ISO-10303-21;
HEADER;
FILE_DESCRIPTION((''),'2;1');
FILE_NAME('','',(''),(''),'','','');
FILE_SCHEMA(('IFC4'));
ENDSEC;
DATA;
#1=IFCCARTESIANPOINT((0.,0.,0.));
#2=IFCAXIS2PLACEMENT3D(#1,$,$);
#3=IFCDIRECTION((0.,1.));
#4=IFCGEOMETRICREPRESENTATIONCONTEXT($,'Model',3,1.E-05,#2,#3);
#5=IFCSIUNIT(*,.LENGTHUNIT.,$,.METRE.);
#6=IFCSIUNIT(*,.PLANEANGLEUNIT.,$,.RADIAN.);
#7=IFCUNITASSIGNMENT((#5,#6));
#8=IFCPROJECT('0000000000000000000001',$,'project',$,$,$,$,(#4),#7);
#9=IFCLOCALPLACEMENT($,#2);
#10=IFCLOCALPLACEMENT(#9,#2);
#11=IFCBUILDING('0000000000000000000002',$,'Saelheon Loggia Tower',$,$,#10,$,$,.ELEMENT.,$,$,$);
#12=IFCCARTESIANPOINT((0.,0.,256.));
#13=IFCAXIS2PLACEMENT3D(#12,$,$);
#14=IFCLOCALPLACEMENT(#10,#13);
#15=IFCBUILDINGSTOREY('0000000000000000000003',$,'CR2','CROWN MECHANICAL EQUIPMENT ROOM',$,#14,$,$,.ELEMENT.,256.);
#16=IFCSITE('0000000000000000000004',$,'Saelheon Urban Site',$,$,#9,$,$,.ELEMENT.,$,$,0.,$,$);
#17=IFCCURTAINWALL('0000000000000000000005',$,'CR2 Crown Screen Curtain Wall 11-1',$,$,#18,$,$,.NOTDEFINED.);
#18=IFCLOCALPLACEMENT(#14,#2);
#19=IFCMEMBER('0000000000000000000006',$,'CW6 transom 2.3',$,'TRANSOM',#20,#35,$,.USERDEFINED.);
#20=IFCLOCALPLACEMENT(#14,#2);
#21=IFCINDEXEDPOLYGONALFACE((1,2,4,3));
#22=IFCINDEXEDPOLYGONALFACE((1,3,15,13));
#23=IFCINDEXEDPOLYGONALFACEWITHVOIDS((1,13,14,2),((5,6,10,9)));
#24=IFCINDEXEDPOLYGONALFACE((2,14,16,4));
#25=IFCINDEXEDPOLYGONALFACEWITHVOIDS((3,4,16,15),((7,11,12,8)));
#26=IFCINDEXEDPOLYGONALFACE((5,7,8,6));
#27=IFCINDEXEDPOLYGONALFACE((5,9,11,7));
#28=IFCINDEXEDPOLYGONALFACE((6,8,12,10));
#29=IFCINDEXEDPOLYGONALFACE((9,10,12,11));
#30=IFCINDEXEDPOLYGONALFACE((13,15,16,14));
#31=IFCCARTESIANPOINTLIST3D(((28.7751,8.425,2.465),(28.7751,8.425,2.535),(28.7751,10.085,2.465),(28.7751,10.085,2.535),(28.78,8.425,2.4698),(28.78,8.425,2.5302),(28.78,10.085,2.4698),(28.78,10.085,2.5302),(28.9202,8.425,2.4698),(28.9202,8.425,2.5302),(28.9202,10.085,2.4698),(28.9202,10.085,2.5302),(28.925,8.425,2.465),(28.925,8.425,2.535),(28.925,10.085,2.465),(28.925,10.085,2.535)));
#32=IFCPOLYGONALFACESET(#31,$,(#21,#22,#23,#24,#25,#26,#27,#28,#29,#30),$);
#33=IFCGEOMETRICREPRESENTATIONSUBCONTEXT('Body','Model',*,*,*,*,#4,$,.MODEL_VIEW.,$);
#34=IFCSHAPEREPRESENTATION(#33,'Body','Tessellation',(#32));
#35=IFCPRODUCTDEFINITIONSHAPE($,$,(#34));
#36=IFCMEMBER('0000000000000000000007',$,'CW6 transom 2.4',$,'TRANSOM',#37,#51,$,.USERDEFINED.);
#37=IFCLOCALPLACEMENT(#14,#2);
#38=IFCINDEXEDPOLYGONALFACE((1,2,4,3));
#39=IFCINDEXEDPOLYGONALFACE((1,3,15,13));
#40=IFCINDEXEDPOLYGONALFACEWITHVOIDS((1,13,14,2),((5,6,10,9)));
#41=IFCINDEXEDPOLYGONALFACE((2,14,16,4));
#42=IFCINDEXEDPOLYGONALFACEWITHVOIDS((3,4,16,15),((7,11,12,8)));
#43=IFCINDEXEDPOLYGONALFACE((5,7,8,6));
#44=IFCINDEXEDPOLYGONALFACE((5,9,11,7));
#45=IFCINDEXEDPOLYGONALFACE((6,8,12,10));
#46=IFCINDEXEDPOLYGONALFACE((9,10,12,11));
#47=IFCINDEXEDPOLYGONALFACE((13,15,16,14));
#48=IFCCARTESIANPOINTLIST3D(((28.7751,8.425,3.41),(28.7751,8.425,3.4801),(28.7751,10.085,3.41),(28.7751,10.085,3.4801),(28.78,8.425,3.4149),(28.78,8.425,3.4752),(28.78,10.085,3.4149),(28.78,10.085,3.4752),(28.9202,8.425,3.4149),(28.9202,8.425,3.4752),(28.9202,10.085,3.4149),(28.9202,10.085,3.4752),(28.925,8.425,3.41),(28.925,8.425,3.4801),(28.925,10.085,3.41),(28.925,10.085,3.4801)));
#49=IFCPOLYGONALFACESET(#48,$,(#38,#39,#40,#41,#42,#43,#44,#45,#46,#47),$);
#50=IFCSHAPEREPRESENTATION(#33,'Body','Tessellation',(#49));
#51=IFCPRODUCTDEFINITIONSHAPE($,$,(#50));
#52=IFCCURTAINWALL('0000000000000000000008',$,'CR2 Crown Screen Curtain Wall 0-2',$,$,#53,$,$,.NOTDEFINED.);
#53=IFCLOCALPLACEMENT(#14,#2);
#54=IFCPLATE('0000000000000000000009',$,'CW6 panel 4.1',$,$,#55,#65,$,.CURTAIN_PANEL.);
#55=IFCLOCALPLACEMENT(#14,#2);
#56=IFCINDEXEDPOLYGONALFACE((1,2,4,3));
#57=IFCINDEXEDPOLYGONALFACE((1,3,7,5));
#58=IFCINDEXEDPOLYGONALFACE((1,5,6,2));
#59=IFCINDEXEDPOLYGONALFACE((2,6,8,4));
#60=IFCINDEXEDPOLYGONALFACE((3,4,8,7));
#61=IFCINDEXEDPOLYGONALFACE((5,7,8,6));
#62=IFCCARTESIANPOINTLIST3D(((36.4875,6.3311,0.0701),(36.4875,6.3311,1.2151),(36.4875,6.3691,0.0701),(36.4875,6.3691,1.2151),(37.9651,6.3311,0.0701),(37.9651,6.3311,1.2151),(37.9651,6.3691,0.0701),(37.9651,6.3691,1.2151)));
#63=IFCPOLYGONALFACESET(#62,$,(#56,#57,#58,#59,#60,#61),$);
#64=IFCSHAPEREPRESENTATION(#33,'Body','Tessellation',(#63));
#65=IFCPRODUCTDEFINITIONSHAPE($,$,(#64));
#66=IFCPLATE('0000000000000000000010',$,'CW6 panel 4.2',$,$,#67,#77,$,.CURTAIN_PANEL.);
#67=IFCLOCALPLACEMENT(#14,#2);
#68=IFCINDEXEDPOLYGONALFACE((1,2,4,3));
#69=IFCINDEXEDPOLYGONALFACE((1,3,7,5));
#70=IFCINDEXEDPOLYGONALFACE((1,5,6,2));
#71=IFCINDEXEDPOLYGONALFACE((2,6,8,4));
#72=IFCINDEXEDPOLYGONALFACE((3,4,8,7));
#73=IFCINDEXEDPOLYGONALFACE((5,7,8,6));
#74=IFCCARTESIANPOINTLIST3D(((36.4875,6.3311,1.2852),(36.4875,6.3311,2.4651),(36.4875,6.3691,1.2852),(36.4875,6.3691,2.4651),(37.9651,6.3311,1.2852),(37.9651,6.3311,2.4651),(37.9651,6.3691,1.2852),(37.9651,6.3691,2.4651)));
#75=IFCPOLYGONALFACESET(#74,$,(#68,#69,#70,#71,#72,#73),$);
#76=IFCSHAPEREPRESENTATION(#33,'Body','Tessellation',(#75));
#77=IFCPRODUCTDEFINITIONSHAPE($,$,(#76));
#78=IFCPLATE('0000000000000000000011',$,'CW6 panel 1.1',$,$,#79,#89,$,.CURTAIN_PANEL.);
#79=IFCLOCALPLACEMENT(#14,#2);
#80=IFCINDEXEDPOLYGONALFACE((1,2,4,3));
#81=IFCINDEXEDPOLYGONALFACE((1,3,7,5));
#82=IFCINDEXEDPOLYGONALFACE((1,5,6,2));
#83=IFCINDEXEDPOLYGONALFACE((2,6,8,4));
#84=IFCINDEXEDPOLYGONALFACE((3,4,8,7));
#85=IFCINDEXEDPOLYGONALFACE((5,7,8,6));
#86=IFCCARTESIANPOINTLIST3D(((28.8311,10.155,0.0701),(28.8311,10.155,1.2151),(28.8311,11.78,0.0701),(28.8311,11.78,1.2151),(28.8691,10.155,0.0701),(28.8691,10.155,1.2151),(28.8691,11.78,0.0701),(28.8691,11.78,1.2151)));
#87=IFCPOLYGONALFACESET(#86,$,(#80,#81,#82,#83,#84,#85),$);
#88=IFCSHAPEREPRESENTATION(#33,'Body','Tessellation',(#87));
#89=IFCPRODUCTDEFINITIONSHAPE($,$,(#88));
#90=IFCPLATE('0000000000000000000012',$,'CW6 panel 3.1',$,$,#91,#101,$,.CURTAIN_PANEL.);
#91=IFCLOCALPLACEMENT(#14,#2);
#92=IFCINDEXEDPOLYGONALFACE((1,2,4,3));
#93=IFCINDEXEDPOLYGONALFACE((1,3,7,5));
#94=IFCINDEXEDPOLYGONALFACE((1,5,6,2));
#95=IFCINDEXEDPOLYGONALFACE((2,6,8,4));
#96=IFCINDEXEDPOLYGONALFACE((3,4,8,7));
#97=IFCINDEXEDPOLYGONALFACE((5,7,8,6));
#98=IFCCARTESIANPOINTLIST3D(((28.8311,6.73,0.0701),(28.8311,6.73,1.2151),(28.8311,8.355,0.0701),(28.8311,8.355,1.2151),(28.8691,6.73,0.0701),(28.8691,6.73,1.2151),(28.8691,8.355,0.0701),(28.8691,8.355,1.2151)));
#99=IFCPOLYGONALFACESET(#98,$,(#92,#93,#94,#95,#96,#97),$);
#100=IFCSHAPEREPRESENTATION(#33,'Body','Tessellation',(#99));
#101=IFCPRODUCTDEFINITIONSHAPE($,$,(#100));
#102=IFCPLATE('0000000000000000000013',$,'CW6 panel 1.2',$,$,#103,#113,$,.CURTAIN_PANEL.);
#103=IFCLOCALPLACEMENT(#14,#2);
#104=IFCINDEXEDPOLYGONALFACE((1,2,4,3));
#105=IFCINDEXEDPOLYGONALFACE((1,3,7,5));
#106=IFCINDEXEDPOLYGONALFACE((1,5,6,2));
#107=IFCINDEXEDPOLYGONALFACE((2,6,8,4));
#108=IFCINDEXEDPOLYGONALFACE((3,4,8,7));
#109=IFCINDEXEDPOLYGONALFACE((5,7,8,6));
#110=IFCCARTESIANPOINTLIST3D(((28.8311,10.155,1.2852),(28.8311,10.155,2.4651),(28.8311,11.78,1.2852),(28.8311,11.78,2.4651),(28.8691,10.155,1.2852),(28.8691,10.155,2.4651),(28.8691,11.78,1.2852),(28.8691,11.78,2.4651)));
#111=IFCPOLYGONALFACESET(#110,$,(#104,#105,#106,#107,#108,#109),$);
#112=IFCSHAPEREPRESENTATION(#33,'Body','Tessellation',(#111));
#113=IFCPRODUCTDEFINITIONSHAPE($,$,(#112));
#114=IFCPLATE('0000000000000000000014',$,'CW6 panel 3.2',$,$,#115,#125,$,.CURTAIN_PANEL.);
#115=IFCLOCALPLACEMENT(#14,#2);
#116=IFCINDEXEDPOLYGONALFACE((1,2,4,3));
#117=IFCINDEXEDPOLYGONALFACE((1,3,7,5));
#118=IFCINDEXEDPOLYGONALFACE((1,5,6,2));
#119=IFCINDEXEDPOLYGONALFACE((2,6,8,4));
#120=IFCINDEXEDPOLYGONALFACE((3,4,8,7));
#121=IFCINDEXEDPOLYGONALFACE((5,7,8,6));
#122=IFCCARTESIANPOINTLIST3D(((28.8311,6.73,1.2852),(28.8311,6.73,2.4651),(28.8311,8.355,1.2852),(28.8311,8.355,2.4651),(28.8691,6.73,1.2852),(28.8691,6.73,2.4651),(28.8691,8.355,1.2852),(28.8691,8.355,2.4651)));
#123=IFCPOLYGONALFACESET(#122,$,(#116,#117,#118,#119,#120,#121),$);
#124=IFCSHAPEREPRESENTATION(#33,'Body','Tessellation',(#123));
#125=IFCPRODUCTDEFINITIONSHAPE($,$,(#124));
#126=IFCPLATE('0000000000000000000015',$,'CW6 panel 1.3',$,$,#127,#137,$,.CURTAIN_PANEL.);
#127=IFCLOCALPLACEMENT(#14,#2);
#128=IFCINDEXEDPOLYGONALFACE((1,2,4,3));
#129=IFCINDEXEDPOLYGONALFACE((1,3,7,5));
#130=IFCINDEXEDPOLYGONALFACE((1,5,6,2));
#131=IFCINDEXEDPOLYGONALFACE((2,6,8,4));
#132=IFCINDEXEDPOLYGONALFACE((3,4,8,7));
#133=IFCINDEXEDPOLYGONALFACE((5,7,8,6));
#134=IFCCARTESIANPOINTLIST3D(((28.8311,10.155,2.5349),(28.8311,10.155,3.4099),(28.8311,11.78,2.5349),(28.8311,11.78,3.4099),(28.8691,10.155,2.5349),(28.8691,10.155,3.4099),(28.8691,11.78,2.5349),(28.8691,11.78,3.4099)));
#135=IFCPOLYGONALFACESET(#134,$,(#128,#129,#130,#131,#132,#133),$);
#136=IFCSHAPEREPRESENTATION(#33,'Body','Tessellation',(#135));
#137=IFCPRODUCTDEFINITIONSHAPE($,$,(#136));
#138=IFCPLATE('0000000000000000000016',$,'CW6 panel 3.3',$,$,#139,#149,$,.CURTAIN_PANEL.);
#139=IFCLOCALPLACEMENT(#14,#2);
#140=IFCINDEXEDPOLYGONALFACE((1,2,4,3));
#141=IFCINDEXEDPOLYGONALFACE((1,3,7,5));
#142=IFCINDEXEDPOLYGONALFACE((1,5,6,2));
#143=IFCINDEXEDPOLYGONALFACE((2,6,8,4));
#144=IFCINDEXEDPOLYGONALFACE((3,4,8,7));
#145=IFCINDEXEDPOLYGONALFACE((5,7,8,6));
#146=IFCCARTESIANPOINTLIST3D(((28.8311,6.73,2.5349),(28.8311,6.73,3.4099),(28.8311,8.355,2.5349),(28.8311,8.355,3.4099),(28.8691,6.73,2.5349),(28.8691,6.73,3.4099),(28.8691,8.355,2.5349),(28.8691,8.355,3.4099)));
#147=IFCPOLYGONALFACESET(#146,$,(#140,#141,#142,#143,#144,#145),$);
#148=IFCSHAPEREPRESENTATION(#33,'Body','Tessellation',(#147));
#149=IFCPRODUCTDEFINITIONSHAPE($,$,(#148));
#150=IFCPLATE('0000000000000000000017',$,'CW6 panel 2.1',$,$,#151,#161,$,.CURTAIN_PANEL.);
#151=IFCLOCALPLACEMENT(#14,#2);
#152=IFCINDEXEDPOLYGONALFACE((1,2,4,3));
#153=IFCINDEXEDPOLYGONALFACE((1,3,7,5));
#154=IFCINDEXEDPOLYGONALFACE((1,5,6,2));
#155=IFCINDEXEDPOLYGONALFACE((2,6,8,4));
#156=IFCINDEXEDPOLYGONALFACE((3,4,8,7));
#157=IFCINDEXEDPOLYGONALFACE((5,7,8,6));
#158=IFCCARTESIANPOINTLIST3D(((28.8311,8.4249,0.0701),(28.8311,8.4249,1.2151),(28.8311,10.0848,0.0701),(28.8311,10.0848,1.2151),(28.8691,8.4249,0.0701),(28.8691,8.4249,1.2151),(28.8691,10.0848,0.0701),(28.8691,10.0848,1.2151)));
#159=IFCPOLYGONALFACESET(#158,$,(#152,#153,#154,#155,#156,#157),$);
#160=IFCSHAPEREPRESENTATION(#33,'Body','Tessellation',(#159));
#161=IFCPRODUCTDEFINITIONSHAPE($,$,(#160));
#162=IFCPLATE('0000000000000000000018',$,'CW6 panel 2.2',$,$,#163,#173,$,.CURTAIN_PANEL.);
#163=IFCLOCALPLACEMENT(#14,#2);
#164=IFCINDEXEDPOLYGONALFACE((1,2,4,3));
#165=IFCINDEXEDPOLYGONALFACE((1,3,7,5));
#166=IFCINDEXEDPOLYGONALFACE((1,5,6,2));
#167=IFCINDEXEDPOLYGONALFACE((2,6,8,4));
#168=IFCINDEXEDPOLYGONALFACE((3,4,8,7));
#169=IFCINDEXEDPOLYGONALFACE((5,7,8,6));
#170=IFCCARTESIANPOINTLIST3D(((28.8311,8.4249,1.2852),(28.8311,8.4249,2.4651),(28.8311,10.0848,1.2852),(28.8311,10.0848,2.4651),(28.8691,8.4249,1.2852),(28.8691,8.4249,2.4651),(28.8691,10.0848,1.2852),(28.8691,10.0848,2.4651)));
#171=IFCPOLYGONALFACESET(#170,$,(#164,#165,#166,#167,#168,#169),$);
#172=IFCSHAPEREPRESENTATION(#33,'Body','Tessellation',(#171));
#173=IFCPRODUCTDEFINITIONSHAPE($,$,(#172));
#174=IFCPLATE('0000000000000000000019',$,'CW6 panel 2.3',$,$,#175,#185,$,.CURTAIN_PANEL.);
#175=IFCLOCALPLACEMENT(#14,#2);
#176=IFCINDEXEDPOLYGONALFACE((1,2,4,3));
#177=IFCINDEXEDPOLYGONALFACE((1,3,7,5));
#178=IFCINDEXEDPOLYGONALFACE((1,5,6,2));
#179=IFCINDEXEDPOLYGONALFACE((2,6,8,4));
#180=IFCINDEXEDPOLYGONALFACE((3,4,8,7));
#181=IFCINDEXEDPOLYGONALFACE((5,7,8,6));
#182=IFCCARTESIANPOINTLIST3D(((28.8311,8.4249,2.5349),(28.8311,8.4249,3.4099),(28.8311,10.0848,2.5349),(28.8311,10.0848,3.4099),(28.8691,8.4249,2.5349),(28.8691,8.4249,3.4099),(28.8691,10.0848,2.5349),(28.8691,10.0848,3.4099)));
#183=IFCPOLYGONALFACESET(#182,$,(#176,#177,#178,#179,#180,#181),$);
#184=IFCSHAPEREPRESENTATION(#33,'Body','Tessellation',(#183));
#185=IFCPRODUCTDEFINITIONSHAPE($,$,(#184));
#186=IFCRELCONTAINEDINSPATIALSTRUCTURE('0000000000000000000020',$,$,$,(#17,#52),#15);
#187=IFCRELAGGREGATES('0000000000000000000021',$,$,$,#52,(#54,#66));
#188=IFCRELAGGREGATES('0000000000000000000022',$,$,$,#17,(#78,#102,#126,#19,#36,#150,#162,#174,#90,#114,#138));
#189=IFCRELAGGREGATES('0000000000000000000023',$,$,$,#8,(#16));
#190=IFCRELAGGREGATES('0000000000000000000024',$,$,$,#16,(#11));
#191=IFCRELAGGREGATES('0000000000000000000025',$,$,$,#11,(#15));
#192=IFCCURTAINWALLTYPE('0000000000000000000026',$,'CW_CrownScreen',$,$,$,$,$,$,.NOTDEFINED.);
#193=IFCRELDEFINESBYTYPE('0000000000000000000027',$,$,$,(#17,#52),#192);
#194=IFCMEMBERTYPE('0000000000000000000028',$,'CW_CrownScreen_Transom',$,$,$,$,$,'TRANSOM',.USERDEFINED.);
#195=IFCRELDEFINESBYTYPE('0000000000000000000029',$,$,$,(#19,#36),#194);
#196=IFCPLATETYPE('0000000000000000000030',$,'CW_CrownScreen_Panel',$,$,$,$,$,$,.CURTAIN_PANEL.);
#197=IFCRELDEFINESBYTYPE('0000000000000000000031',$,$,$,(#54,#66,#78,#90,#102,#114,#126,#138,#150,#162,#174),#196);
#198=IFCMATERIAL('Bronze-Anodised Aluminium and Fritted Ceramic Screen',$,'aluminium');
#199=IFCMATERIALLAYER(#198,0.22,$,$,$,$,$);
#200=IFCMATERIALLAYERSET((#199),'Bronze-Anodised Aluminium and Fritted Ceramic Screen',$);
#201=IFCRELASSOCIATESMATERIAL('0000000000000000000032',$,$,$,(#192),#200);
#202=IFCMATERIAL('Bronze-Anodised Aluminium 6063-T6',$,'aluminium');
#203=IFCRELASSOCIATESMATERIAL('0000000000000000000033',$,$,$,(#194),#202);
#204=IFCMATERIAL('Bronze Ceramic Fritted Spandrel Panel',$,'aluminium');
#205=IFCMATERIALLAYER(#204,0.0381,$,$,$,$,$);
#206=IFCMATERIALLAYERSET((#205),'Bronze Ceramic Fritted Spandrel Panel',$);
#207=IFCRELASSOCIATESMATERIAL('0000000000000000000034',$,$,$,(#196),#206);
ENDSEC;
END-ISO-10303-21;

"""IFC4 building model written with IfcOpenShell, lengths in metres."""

from ifc_helpers import new_model, si_unit, direction, frame, origin, origin_2d, place, context, subcontext, project, spatial, rectangle, hollow_rectangle, extrude, source, transform, mapped, material, layer, layer_set, material_profile, profile_set, type_object, element, aggregate, save


model = new_model("IFC4")

# Units and contexts
model_context = context("Model", 3, precision=1e-05, world=origin(), true_north=direction((0.0, 1.0)))
body_context = subcontext(model_context, "Body", "Model", "MODEL_VIEW")
ifc_project = project(units=[si_unit("LENGTHUNIT", "METRE"), si_unit("PLANEANGLEUNIT", "RADIAN")], contexts=[model_context])

# Site, building, storey
site_placement = place(None, origin())
site = spatial("IfcSite", under=ifc_project, at=site_placement, Name="Saelheon Urban Site", CompositionType="ELEMENT", RefElevation=0.0)
building_placement = place(site_placement, origin())
building = spatial("IfcBuilding", under=site, at=building_placement, Name="Saelheon Loggia Tower", CompositionType="ELEMENT")
storey_placement = place(building_placement, frame((0.0, 0.0, 256.0)))
storey = spatial("IfcBuildingStorey", under=building, at=storey_placement, Name="CR2", Description="CROWN MECHANICAL EQUIPMENT ROOM", CompositionType="ELEMENT", Elevation=256.0)

# Curtain wall, members
ifc_material_1 = material(Name="Bronze-Anodised Aluminium and Fritted Ceramic Screen", Category="aluminium")
ifc_layer_1 = layer(ifc_material_1, 0.22)
ifc_layer_set_1 = layer_set([ifc_layer_1], Name="Bronze-Anodised Aluminium and Fritted Ceramic Screen")
curtain_wall_type = type_object("IfcCurtainWallType", Name="CW_CrownScreen", PredefinedType="NOTDEFINED", material=ifc_layer_set_1)
curtain_wall_1_placement = place(storey_placement, origin())
curtain_wall_1 = element("IfcCurtainWall", 1, at=curtain_wall_1_placement, inside=storey, type_object=curtain_wall_type, Name="CR2 Crown Screen Curtain Wall 11-1", PredefinedType="NOTDEFINED")
ifc_material_2 = material(Name="Bronze-Anodised Aluminium 6063-T6", Category="aluminium")
ifc_material_profile_1 = material_profile(ifc_material_2, hollow_rectangle(XDim=0.0701, YDim=0.1499, WallThickness=0.0049, at=origin_2d()), Name="RHS-150x70x5")
ifc_profile_set_1 = profile_set([ifc_material_profile_1], Name="Bronze-Anodised Aluminium 6063-T6")
member_type_1 = type_object("IfcMemberType", Name="CW_CrownScreen_Transom", ElementType="TRANSOM", PredefinedType="USERDEFINED", material=ifc_profile_set_1)
shared_shape_1 = source(origin(), body_context, "Body", "SweptSolid", [
    extrude(hollow_rectangle(XDim=0.0701, YDim=0.1499, WallThickness=0.0049, at=origin_2d()), origin(), (0.0, 0.0, 1.0), 1.6599),
])
member_1_placement = place(storey_placement, frame((28.8501, 10.085, 2.5), z_axis=(0.0, -1.0, 0.0), x_axis=(0.0, 0.0, 1.0)))
member_1 = element("IfcMember", 2, at=member_1_placement, type_object=member_type_1, Name="CW6 transom 2.3", ObjectType="TRANSOM", PredefinedType="USERDEFINED", context=body_context, shape_type="MappedRepresentation", body=[
    mapped(shared_shape_1, transform((0.0, 0.0, 0.0), scale=1.0)),
])
member_2_placement = place(storey_placement, frame((28.8501, 10.085, 3.4451), z_axis=(0.0, -1.0, 0.0), x_axis=(0.0, 0.0, 1.0)))
member_2 = element("IfcMember", 3, at=member_2_placement, type_object=member_type_1, Name="CW6 transom 2.4", ObjectType="TRANSOM", PredefinedType="USERDEFINED", context=body_context, shape_type="MappedRepresentation", body=[
    mapped(shared_shape_1, transform((0.0, 0.0, 0.0), scale=1.0)),
])

# Curtain wall, plates
curtain_wall_2_placement = place(storey_placement, origin())
curtain_wall_2 = element("IfcCurtainWall", 4, at=curtain_wall_2_placement, inside=storey, type_object=curtain_wall_type, Name="CR2 Crown Screen Curtain Wall 0-2", PredefinedType="NOTDEFINED")
ifc_material_3 = material(Name="Bronze Ceramic Fritted Spandrel Panel", Category="aluminium")
ifc_layer_2 = layer(ifc_material_3, 0.0381)
ifc_layer_set_2 = layer_set([ifc_layer_2], Name="Bronze Ceramic Fritted Spandrel Panel")
plate_type = type_object("IfcPlateType", Name="CW_CrownScreen_Panel", PredefinedType="CURTAIN_PANEL", material=ifc_layer_set_2)
shared_shape_2 = source(origin(), body_context, "Body", "SweptSolid", [
    extrude(rectangle(XDim=1.4775, YDim=0.0381, at=origin_2d()), origin(), (0.0, 0.0, 1.0), 1.145),
])
plate_1_placement = place(storey_placement, frame((37.2263, 6.3501, 0.0701), z_axis=(0.0, 0.0, 1.0), x_axis=(1.0, 0.0, 0.0)))
plate_1 = element("IfcPlate", 5, at=plate_1_placement, type_object=plate_type, Name="CW6 panel 4.1", PredefinedType="CURTAIN_PANEL", context=body_context, shape_type="MappedRepresentation", body=[
    mapped(shared_shape_2, transform((0.0, 0.0, 0.0), scale=1.0)),
])
shared_shape_3 = source(origin(), body_context, "Body", "SweptSolid", [
    extrude(rectangle(XDim=1.4775, YDim=0.0381, at=origin_2d()), origin(), (0.0, 0.0, 1.0), 1.1799),
])
plate_2_placement = place(storey_placement, frame((37.2263, 6.3501, 1.2852), z_axis=(0.0, 0.0, 1.0), x_axis=(1.0, 0.0, 0.0)))
plate_2 = element("IfcPlate", 6, at=plate_2_placement, type_object=plate_type, Name="CW6 panel 4.2", PredefinedType="CURTAIN_PANEL", context=body_context, shape_type="MappedRepresentation", body=[
    mapped(shared_shape_3, transform((0.0, 0.0, 0.0), scale=1.0)),
])
aggregate(curtain_wall_2, [plate_1, plate_2])

# Plates
shared_shape_4 = source(origin(), body_context, "Body", "SweptSolid", [
    extrude(rectangle(XDim=1.625, YDim=0.0381, at=origin_2d()), origin(), (0.0, 0.0, 1.0), 1.145),
])
plate_3_placement = place(storey_placement, frame((28.8501, 10.9675, 0.0701), z_axis=(0.0, 0.0, 1.0), x_axis=(0.0, -1.0, 0.0)))
plate_3 = element("IfcPlate", 7, at=plate_3_placement, type_object=plate_type, Name="CW6 panel 1.1", PredefinedType="CURTAIN_PANEL", context=body_context, shape_type="MappedRepresentation", body=[
    mapped(shared_shape_4, transform((0.0, 0.0, 0.0), scale=1.0)),
])
plate_4_placement = place(storey_placement, frame((28.8501, 7.5425, 0.0701), z_axis=(0.0, 0.0, 1.0), x_axis=(0.0, -1.0, 0.0)))
plate_4 = element("IfcPlate", 8, at=plate_4_placement, type_object=plate_type, Name="CW6 panel 3.1", PredefinedType="CURTAIN_PANEL", context=body_context, shape_type="MappedRepresentation", body=[
    mapped(shared_shape_4, transform((0.0, 0.0, 0.0), scale=1.0)),
])
shared_shape_5 = source(origin(), body_context, "Body", "SweptSolid", [
    extrude(rectangle(XDim=1.625, YDim=0.0381, at=origin_2d()), origin(), (0.0, 0.0, 1.0), 1.1799),
])
plate_5_placement = place(storey_placement, frame((28.8501, 10.9675, 1.2852), z_axis=(0.0, 0.0, 1.0), x_axis=(0.0, -1.0, 0.0)))
plate_5 = element("IfcPlate", 9, at=plate_5_placement, type_object=plate_type, Name="CW6 panel 1.2", PredefinedType="CURTAIN_PANEL", context=body_context, shape_type="MappedRepresentation", body=[
    mapped(shared_shape_5, transform((0.0, 0.0, 0.0), scale=1.0)),
])
plate_6_placement = place(storey_placement, frame((28.8501, 7.5425, 1.2852), z_axis=(0.0, 0.0, 1.0), x_axis=(0.0, -1.0, 0.0)))
plate_6 = element("IfcPlate", 10, at=plate_6_placement, type_object=plate_type, Name="CW6 panel 3.2", PredefinedType="CURTAIN_PANEL", context=body_context, shape_type="MappedRepresentation", body=[
    mapped(shared_shape_5, transform((0.0, 0.0, 0.0), scale=1.0)),
])
shared_shape_6 = source(origin(), body_context, "Body", "SweptSolid", [
    extrude(rectangle(XDim=1.625, YDim=0.0381, at=origin_2d()), origin(), (0.0, 0.0, 1.0), 0.875),
])
plate_7_placement = place(storey_placement, frame((28.8501, 10.9675, 2.5349), z_axis=(0.0, 0.0, 1.0), x_axis=(0.0, -1.0, 0.0)))
plate_7 = element("IfcPlate", 11, at=plate_7_placement, type_object=plate_type, Name="CW6 panel 1.3", PredefinedType="CURTAIN_PANEL", context=body_context, shape_type="MappedRepresentation", body=[
    mapped(shared_shape_6, transform((0.0, 0.0, 0.0), scale=1.0)),
])
plate_8_placement = place(storey_placement, frame((28.8501, 7.5425, 2.5349), z_axis=(0.0, 0.0, 1.0), x_axis=(0.0, -1.0, 0.0)))
plate_8 = element("IfcPlate", 12, at=plate_8_placement, type_object=plate_type, Name="CW6 panel 3.3", PredefinedType="CURTAIN_PANEL", context=body_context, shape_type="MappedRepresentation", body=[
    mapped(shared_shape_6, transform((0.0, 0.0, 0.0), scale=1.0)),
])
shared_shape_7 = source(origin(), body_context, "Body", "SweptSolid", [
    extrude(rectangle(XDim=1.6599, YDim=0.0381, at=origin_2d()), origin(), (0.0, 0.0, 1.0), 1.145),
])
plate_9_placement = place(storey_placement, frame((28.8501, 9.2549, 0.0701), z_axis=(0.0, 0.0, 1.0), x_axis=(0.0, -1.0, 0.0)))
plate_9 = element("IfcPlate", 13, at=plate_9_placement, type_object=plate_type, Name="CW6 panel 2.1", PredefinedType="CURTAIN_PANEL", context=body_context, shape_type="MappedRepresentation", body=[
    mapped(shared_shape_7, transform((0.0, 0.0, 0.0), scale=1.0)),
])
shared_shape_8 = source(origin(), body_context, "Body", "SweptSolid", [
    extrude(rectangle(XDim=1.6599, YDim=0.0381, at=origin_2d()), origin(), (0.0, 0.0, 1.0), 1.1799),
])
plate_10_placement = place(storey_placement, frame((28.8501, 9.2549, 1.2852), z_axis=(0.0, 0.0, 1.0), x_axis=(0.0, -1.0, 0.0)))
plate_10 = element("IfcPlate", 14, at=plate_10_placement, type_object=plate_type, Name="CW6 panel 2.2", PredefinedType="CURTAIN_PANEL", context=body_context, shape_type="MappedRepresentation", body=[
    mapped(shared_shape_8, transform((0.0, 0.0, 0.0), scale=1.0)),
])
shared_shape_9 = source(origin(), body_context, "Body", "SweptSolid", [
    extrude(rectangle(XDim=1.6599, YDim=0.0381, at=origin_2d()), origin(), (0.0, 0.0, 1.0), 0.875),
])
plate_11_placement = place(storey_placement, frame((28.8501, 9.2549, 2.5349), z_axis=(0.0, 0.0, 1.0), x_axis=(0.0, -1.0, 0.0)))
plate_11 = element("IfcPlate", 15, at=plate_11_placement, type_object=plate_type, Name="CW6 panel 2.3", PredefinedType="CURTAIN_PANEL", context=body_context, shape_type="MappedRepresentation", body=[
    mapped(shared_shape_9, transform((0.0, 0.0, 0.0), scale=1.0)),
])
aggregate(curtain_wall_1, [plate_3, plate_5, plate_7, member_1, member_2, plate_9, plate_10, plate_11, plate_4, plate_6, plate_8])

save(model, "model.ifc")
